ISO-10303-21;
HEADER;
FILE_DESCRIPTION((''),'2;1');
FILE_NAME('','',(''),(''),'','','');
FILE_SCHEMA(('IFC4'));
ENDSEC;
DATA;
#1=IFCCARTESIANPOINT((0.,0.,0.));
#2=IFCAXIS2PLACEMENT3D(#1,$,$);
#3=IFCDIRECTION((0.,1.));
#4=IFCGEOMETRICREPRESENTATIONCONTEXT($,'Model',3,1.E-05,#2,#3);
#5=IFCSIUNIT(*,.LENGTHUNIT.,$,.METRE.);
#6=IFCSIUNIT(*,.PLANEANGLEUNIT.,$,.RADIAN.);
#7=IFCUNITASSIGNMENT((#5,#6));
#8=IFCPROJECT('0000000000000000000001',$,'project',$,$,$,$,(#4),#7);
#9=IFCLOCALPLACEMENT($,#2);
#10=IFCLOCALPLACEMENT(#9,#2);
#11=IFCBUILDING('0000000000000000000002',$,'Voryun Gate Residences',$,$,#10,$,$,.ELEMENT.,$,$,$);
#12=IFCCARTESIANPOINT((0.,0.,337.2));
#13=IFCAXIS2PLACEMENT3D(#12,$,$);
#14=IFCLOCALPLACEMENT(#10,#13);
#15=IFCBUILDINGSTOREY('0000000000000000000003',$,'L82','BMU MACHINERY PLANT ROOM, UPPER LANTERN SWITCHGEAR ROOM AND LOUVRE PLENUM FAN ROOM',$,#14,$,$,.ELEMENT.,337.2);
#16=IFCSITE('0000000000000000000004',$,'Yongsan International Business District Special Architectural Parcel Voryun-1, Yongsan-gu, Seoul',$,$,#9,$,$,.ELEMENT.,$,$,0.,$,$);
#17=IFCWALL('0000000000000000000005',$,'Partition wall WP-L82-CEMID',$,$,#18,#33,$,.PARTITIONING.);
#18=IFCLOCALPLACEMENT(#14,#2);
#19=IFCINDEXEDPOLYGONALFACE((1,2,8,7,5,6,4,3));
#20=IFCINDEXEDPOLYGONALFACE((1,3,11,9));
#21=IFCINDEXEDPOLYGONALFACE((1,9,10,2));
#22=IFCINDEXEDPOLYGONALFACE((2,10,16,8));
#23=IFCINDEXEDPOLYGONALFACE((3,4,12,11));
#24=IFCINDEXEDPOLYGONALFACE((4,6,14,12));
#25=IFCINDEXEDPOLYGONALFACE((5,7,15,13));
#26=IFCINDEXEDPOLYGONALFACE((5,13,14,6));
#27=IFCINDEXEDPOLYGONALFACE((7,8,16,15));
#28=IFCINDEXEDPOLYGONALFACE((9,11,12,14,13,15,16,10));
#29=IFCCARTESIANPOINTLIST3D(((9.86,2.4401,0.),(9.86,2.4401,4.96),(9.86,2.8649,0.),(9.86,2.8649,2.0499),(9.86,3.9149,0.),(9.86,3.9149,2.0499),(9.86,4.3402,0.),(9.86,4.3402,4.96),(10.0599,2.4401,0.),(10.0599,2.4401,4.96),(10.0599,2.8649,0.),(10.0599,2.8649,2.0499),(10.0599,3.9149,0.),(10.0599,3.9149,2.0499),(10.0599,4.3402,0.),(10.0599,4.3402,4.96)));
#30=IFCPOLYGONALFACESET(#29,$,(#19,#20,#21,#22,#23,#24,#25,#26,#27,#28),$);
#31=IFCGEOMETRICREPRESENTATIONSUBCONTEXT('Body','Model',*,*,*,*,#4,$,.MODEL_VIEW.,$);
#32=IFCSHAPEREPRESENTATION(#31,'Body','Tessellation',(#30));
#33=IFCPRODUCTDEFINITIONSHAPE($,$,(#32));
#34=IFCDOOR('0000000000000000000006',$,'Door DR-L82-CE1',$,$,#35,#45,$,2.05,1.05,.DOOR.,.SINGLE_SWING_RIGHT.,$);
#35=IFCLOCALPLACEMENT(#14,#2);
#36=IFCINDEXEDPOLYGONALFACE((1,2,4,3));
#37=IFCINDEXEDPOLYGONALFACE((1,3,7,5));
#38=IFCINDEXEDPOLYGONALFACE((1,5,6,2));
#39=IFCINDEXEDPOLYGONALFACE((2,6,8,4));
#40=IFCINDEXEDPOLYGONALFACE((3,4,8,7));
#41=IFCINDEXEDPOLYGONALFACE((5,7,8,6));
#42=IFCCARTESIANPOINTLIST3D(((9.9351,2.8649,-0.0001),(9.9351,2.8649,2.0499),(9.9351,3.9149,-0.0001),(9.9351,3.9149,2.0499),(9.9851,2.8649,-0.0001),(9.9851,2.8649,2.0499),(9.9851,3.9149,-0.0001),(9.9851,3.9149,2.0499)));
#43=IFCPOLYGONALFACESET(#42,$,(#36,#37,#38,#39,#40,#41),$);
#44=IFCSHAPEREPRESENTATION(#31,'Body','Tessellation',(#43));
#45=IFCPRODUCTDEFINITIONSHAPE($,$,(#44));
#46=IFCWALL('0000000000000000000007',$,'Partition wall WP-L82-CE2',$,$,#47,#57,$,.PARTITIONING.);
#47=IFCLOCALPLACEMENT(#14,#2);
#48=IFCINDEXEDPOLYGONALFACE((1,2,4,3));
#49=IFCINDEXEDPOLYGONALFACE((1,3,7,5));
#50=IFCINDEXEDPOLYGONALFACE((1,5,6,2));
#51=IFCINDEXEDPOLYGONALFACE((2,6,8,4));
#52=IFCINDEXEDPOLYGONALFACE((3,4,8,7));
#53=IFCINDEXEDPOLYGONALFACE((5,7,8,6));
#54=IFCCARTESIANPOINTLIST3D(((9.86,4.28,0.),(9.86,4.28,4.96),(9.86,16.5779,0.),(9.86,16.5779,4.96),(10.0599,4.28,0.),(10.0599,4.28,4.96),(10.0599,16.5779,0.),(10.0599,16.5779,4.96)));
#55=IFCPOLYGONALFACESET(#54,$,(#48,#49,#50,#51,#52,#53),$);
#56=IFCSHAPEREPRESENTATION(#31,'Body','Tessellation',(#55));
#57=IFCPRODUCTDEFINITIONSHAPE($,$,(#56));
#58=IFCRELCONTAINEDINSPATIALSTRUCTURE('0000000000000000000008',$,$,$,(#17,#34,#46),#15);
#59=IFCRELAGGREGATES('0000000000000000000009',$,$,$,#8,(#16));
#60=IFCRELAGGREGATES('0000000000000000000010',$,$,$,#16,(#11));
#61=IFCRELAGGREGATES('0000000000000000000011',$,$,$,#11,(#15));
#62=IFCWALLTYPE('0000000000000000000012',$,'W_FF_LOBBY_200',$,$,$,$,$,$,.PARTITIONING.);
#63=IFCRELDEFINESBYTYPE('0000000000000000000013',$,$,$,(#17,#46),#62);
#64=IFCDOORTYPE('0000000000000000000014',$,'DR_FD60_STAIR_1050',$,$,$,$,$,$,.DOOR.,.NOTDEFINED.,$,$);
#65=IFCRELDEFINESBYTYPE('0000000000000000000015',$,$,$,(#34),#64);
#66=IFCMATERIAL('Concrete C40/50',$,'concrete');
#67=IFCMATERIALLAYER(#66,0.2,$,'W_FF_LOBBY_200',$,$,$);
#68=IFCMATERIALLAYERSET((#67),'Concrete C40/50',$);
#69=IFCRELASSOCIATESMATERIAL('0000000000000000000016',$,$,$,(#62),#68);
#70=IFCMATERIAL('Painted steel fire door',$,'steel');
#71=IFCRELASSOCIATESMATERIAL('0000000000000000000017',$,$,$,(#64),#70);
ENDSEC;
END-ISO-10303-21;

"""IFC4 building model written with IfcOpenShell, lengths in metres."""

from ifc_helpers import new_model, si_unit, direction, frame, frame_2d, origin, place, context, subcontext, project, spatial, rectangle, extrude, material, layer, layer_set, type_object, element, fill, save


model = new_model("IFC4")

# Units and contexts
model_context = context("Model", 3, precision=1e-05, world=origin(), true_north=direction((0.0, 1.0)))
body_context = subcontext(model_context, "Body", "Model", "MODEL_VIEW")
ifc_project = project(units=[si_unit("LENGTHUNIT", "METRE"), si_unit("PLANEANGLEUNIT", "RADIAN")], contexts=[model_context])

# Site, building, storey
site_placement = place(None, origin())
site = spatial("IfcSite", under=ifc_project, at=site_placement, Name="Yongsan International Business District Special Architectural Parcel Voryun-1, Yongsan-gu, Seoul", CompositionType="ELEMENT", RefElevation=0.0)
building_placement = place(site_placement, origin())
building = spatial("IfcBuilding", under=site, at=building_placement, Name="Voryun Gate Residences", CompositionType="ELEMENT")
storey_placement = place(building_placement, frame((0.0, 0.0, 337.2)))
storey = spatial("IfcBuildingStorey", under=building, at=storey_placement, Name="L82", Description="BMU MACHINERY PLANT ROOM, UPPER LANTERN SWITCHGEAR ROOM AND LOUVRE PLENUM FAN ROOM", CompositionType="ELEMENT", Elevation=337.2)

# Shared definitions
ifc_material_1 = material(Name="Concrete C40/50", Category="concrete")
ifc_layer_1 = layer(ifc_material_1, 0.2, Name="W_FF_LOBBY_200")
ifc_layer_set_1 = layer_set([ifc_layer_1], Name="Concrete C40/50")
wall_type_1 = type_object("IfcWallType", Name="W_FF_LOBBY_200", PredefinedType="PARTITIONING", material=ifc_layer_set_1)

# Wall, opening, door
wall_1_placement = place(storey_placement, frame((9.96, 2.4399, 0.0), z_axis=(0.0, 0.0, 1.0), x_axis=(0.0, 1.0, 0.0)))
wall_1 = element("IfcWall", 1, at=wall_1_placement, inside=storey, type_object=wall_type_1, Name="Partition wall WP-L82-CEMID", PredefinedType="PARTITIONING", context=body_context, shape_type="SweptSolid", body=[
    extrude(rectangle(XDim=1.9001, YDim=0.2, at=frame_2d((0.9502, 0.0))), origin(), (0.0, 0.0, 1.0), 4.96),
])
opening_placement = place(wall_1_placement, frame((0.425, 0.0, 0.0)))
opening = element("IfcOpeningElement", 2, at=opening_placement, cuts=wall_1, PredefinedType="OPENING", context=body_context, shape_type="SweptSolid", body=[
    extrude(rectangle(XDim=1.05, YDim=2.05, at=frame_2d((0.5249, 1.0249))), frame((0.0, 0.1101, 0.0), z_axis=(0.0, -1.0, 0.0), x_axis=(1.0, 0.0, 0.0)), (0.0, 0.0, 1.0), 0.22),
])
ifc_material_2 = material(Name="Painted steel fire door", Category="steel")
door_type = type_object("IfcDoorType", Name="DR_FD60_STAIR_1050", OperationType="NOTDEFINED", PredefinedType="DOOR", material=ifc_material_2)
door_placement = place(opening_placement, origin())
door = element("IfcDoor", 3, at=door_placement, inside=storey, type_object=door_type, Name="Door DR-L82-CE1", OperationType="SINGLE_SWING_RIGHT", OverallHeight=2.05, OverallWidth=1.05, PredefinedType="DOOR", context=body_context, shape_type="SweptSolid", body=[
    extrude(rectangle(XDim=1.05, YDim=2.05, at=frame_2d((0.5249, 1.0249))), frame((0.0, 0.0249, 0.0), z_axis=(0.0, -1.0, 0.0), x_axis=(1.0, 0.0, 0.0)), (0.0, 0.0, 1.0), 0.05),
])
fill(opening, door)

# Wall
wall_2_placement = place(storey_placement, frame((9.96, 4.28, 0.0), z_axis=(0.0, 0.0, 1.0), x_axis=(0.0, 1.0, 0.0)))
element("IfcWall", 4, at=wall_2_placement, inside=storey, type_object=wall_type_1, Name="Partition wall WP-L82-CE2", PredefinedType="PARTITIONING", context=body_context, shape_type="SweptSolid", body=[
    extrude(rectangle(XDim=12.2979, YDim=0.2, at=frame_2d((6.1489, 0.0))), origin(), (0.0, 0.0, 1.0), 4.96),
])

save(model, "model.ifc")
